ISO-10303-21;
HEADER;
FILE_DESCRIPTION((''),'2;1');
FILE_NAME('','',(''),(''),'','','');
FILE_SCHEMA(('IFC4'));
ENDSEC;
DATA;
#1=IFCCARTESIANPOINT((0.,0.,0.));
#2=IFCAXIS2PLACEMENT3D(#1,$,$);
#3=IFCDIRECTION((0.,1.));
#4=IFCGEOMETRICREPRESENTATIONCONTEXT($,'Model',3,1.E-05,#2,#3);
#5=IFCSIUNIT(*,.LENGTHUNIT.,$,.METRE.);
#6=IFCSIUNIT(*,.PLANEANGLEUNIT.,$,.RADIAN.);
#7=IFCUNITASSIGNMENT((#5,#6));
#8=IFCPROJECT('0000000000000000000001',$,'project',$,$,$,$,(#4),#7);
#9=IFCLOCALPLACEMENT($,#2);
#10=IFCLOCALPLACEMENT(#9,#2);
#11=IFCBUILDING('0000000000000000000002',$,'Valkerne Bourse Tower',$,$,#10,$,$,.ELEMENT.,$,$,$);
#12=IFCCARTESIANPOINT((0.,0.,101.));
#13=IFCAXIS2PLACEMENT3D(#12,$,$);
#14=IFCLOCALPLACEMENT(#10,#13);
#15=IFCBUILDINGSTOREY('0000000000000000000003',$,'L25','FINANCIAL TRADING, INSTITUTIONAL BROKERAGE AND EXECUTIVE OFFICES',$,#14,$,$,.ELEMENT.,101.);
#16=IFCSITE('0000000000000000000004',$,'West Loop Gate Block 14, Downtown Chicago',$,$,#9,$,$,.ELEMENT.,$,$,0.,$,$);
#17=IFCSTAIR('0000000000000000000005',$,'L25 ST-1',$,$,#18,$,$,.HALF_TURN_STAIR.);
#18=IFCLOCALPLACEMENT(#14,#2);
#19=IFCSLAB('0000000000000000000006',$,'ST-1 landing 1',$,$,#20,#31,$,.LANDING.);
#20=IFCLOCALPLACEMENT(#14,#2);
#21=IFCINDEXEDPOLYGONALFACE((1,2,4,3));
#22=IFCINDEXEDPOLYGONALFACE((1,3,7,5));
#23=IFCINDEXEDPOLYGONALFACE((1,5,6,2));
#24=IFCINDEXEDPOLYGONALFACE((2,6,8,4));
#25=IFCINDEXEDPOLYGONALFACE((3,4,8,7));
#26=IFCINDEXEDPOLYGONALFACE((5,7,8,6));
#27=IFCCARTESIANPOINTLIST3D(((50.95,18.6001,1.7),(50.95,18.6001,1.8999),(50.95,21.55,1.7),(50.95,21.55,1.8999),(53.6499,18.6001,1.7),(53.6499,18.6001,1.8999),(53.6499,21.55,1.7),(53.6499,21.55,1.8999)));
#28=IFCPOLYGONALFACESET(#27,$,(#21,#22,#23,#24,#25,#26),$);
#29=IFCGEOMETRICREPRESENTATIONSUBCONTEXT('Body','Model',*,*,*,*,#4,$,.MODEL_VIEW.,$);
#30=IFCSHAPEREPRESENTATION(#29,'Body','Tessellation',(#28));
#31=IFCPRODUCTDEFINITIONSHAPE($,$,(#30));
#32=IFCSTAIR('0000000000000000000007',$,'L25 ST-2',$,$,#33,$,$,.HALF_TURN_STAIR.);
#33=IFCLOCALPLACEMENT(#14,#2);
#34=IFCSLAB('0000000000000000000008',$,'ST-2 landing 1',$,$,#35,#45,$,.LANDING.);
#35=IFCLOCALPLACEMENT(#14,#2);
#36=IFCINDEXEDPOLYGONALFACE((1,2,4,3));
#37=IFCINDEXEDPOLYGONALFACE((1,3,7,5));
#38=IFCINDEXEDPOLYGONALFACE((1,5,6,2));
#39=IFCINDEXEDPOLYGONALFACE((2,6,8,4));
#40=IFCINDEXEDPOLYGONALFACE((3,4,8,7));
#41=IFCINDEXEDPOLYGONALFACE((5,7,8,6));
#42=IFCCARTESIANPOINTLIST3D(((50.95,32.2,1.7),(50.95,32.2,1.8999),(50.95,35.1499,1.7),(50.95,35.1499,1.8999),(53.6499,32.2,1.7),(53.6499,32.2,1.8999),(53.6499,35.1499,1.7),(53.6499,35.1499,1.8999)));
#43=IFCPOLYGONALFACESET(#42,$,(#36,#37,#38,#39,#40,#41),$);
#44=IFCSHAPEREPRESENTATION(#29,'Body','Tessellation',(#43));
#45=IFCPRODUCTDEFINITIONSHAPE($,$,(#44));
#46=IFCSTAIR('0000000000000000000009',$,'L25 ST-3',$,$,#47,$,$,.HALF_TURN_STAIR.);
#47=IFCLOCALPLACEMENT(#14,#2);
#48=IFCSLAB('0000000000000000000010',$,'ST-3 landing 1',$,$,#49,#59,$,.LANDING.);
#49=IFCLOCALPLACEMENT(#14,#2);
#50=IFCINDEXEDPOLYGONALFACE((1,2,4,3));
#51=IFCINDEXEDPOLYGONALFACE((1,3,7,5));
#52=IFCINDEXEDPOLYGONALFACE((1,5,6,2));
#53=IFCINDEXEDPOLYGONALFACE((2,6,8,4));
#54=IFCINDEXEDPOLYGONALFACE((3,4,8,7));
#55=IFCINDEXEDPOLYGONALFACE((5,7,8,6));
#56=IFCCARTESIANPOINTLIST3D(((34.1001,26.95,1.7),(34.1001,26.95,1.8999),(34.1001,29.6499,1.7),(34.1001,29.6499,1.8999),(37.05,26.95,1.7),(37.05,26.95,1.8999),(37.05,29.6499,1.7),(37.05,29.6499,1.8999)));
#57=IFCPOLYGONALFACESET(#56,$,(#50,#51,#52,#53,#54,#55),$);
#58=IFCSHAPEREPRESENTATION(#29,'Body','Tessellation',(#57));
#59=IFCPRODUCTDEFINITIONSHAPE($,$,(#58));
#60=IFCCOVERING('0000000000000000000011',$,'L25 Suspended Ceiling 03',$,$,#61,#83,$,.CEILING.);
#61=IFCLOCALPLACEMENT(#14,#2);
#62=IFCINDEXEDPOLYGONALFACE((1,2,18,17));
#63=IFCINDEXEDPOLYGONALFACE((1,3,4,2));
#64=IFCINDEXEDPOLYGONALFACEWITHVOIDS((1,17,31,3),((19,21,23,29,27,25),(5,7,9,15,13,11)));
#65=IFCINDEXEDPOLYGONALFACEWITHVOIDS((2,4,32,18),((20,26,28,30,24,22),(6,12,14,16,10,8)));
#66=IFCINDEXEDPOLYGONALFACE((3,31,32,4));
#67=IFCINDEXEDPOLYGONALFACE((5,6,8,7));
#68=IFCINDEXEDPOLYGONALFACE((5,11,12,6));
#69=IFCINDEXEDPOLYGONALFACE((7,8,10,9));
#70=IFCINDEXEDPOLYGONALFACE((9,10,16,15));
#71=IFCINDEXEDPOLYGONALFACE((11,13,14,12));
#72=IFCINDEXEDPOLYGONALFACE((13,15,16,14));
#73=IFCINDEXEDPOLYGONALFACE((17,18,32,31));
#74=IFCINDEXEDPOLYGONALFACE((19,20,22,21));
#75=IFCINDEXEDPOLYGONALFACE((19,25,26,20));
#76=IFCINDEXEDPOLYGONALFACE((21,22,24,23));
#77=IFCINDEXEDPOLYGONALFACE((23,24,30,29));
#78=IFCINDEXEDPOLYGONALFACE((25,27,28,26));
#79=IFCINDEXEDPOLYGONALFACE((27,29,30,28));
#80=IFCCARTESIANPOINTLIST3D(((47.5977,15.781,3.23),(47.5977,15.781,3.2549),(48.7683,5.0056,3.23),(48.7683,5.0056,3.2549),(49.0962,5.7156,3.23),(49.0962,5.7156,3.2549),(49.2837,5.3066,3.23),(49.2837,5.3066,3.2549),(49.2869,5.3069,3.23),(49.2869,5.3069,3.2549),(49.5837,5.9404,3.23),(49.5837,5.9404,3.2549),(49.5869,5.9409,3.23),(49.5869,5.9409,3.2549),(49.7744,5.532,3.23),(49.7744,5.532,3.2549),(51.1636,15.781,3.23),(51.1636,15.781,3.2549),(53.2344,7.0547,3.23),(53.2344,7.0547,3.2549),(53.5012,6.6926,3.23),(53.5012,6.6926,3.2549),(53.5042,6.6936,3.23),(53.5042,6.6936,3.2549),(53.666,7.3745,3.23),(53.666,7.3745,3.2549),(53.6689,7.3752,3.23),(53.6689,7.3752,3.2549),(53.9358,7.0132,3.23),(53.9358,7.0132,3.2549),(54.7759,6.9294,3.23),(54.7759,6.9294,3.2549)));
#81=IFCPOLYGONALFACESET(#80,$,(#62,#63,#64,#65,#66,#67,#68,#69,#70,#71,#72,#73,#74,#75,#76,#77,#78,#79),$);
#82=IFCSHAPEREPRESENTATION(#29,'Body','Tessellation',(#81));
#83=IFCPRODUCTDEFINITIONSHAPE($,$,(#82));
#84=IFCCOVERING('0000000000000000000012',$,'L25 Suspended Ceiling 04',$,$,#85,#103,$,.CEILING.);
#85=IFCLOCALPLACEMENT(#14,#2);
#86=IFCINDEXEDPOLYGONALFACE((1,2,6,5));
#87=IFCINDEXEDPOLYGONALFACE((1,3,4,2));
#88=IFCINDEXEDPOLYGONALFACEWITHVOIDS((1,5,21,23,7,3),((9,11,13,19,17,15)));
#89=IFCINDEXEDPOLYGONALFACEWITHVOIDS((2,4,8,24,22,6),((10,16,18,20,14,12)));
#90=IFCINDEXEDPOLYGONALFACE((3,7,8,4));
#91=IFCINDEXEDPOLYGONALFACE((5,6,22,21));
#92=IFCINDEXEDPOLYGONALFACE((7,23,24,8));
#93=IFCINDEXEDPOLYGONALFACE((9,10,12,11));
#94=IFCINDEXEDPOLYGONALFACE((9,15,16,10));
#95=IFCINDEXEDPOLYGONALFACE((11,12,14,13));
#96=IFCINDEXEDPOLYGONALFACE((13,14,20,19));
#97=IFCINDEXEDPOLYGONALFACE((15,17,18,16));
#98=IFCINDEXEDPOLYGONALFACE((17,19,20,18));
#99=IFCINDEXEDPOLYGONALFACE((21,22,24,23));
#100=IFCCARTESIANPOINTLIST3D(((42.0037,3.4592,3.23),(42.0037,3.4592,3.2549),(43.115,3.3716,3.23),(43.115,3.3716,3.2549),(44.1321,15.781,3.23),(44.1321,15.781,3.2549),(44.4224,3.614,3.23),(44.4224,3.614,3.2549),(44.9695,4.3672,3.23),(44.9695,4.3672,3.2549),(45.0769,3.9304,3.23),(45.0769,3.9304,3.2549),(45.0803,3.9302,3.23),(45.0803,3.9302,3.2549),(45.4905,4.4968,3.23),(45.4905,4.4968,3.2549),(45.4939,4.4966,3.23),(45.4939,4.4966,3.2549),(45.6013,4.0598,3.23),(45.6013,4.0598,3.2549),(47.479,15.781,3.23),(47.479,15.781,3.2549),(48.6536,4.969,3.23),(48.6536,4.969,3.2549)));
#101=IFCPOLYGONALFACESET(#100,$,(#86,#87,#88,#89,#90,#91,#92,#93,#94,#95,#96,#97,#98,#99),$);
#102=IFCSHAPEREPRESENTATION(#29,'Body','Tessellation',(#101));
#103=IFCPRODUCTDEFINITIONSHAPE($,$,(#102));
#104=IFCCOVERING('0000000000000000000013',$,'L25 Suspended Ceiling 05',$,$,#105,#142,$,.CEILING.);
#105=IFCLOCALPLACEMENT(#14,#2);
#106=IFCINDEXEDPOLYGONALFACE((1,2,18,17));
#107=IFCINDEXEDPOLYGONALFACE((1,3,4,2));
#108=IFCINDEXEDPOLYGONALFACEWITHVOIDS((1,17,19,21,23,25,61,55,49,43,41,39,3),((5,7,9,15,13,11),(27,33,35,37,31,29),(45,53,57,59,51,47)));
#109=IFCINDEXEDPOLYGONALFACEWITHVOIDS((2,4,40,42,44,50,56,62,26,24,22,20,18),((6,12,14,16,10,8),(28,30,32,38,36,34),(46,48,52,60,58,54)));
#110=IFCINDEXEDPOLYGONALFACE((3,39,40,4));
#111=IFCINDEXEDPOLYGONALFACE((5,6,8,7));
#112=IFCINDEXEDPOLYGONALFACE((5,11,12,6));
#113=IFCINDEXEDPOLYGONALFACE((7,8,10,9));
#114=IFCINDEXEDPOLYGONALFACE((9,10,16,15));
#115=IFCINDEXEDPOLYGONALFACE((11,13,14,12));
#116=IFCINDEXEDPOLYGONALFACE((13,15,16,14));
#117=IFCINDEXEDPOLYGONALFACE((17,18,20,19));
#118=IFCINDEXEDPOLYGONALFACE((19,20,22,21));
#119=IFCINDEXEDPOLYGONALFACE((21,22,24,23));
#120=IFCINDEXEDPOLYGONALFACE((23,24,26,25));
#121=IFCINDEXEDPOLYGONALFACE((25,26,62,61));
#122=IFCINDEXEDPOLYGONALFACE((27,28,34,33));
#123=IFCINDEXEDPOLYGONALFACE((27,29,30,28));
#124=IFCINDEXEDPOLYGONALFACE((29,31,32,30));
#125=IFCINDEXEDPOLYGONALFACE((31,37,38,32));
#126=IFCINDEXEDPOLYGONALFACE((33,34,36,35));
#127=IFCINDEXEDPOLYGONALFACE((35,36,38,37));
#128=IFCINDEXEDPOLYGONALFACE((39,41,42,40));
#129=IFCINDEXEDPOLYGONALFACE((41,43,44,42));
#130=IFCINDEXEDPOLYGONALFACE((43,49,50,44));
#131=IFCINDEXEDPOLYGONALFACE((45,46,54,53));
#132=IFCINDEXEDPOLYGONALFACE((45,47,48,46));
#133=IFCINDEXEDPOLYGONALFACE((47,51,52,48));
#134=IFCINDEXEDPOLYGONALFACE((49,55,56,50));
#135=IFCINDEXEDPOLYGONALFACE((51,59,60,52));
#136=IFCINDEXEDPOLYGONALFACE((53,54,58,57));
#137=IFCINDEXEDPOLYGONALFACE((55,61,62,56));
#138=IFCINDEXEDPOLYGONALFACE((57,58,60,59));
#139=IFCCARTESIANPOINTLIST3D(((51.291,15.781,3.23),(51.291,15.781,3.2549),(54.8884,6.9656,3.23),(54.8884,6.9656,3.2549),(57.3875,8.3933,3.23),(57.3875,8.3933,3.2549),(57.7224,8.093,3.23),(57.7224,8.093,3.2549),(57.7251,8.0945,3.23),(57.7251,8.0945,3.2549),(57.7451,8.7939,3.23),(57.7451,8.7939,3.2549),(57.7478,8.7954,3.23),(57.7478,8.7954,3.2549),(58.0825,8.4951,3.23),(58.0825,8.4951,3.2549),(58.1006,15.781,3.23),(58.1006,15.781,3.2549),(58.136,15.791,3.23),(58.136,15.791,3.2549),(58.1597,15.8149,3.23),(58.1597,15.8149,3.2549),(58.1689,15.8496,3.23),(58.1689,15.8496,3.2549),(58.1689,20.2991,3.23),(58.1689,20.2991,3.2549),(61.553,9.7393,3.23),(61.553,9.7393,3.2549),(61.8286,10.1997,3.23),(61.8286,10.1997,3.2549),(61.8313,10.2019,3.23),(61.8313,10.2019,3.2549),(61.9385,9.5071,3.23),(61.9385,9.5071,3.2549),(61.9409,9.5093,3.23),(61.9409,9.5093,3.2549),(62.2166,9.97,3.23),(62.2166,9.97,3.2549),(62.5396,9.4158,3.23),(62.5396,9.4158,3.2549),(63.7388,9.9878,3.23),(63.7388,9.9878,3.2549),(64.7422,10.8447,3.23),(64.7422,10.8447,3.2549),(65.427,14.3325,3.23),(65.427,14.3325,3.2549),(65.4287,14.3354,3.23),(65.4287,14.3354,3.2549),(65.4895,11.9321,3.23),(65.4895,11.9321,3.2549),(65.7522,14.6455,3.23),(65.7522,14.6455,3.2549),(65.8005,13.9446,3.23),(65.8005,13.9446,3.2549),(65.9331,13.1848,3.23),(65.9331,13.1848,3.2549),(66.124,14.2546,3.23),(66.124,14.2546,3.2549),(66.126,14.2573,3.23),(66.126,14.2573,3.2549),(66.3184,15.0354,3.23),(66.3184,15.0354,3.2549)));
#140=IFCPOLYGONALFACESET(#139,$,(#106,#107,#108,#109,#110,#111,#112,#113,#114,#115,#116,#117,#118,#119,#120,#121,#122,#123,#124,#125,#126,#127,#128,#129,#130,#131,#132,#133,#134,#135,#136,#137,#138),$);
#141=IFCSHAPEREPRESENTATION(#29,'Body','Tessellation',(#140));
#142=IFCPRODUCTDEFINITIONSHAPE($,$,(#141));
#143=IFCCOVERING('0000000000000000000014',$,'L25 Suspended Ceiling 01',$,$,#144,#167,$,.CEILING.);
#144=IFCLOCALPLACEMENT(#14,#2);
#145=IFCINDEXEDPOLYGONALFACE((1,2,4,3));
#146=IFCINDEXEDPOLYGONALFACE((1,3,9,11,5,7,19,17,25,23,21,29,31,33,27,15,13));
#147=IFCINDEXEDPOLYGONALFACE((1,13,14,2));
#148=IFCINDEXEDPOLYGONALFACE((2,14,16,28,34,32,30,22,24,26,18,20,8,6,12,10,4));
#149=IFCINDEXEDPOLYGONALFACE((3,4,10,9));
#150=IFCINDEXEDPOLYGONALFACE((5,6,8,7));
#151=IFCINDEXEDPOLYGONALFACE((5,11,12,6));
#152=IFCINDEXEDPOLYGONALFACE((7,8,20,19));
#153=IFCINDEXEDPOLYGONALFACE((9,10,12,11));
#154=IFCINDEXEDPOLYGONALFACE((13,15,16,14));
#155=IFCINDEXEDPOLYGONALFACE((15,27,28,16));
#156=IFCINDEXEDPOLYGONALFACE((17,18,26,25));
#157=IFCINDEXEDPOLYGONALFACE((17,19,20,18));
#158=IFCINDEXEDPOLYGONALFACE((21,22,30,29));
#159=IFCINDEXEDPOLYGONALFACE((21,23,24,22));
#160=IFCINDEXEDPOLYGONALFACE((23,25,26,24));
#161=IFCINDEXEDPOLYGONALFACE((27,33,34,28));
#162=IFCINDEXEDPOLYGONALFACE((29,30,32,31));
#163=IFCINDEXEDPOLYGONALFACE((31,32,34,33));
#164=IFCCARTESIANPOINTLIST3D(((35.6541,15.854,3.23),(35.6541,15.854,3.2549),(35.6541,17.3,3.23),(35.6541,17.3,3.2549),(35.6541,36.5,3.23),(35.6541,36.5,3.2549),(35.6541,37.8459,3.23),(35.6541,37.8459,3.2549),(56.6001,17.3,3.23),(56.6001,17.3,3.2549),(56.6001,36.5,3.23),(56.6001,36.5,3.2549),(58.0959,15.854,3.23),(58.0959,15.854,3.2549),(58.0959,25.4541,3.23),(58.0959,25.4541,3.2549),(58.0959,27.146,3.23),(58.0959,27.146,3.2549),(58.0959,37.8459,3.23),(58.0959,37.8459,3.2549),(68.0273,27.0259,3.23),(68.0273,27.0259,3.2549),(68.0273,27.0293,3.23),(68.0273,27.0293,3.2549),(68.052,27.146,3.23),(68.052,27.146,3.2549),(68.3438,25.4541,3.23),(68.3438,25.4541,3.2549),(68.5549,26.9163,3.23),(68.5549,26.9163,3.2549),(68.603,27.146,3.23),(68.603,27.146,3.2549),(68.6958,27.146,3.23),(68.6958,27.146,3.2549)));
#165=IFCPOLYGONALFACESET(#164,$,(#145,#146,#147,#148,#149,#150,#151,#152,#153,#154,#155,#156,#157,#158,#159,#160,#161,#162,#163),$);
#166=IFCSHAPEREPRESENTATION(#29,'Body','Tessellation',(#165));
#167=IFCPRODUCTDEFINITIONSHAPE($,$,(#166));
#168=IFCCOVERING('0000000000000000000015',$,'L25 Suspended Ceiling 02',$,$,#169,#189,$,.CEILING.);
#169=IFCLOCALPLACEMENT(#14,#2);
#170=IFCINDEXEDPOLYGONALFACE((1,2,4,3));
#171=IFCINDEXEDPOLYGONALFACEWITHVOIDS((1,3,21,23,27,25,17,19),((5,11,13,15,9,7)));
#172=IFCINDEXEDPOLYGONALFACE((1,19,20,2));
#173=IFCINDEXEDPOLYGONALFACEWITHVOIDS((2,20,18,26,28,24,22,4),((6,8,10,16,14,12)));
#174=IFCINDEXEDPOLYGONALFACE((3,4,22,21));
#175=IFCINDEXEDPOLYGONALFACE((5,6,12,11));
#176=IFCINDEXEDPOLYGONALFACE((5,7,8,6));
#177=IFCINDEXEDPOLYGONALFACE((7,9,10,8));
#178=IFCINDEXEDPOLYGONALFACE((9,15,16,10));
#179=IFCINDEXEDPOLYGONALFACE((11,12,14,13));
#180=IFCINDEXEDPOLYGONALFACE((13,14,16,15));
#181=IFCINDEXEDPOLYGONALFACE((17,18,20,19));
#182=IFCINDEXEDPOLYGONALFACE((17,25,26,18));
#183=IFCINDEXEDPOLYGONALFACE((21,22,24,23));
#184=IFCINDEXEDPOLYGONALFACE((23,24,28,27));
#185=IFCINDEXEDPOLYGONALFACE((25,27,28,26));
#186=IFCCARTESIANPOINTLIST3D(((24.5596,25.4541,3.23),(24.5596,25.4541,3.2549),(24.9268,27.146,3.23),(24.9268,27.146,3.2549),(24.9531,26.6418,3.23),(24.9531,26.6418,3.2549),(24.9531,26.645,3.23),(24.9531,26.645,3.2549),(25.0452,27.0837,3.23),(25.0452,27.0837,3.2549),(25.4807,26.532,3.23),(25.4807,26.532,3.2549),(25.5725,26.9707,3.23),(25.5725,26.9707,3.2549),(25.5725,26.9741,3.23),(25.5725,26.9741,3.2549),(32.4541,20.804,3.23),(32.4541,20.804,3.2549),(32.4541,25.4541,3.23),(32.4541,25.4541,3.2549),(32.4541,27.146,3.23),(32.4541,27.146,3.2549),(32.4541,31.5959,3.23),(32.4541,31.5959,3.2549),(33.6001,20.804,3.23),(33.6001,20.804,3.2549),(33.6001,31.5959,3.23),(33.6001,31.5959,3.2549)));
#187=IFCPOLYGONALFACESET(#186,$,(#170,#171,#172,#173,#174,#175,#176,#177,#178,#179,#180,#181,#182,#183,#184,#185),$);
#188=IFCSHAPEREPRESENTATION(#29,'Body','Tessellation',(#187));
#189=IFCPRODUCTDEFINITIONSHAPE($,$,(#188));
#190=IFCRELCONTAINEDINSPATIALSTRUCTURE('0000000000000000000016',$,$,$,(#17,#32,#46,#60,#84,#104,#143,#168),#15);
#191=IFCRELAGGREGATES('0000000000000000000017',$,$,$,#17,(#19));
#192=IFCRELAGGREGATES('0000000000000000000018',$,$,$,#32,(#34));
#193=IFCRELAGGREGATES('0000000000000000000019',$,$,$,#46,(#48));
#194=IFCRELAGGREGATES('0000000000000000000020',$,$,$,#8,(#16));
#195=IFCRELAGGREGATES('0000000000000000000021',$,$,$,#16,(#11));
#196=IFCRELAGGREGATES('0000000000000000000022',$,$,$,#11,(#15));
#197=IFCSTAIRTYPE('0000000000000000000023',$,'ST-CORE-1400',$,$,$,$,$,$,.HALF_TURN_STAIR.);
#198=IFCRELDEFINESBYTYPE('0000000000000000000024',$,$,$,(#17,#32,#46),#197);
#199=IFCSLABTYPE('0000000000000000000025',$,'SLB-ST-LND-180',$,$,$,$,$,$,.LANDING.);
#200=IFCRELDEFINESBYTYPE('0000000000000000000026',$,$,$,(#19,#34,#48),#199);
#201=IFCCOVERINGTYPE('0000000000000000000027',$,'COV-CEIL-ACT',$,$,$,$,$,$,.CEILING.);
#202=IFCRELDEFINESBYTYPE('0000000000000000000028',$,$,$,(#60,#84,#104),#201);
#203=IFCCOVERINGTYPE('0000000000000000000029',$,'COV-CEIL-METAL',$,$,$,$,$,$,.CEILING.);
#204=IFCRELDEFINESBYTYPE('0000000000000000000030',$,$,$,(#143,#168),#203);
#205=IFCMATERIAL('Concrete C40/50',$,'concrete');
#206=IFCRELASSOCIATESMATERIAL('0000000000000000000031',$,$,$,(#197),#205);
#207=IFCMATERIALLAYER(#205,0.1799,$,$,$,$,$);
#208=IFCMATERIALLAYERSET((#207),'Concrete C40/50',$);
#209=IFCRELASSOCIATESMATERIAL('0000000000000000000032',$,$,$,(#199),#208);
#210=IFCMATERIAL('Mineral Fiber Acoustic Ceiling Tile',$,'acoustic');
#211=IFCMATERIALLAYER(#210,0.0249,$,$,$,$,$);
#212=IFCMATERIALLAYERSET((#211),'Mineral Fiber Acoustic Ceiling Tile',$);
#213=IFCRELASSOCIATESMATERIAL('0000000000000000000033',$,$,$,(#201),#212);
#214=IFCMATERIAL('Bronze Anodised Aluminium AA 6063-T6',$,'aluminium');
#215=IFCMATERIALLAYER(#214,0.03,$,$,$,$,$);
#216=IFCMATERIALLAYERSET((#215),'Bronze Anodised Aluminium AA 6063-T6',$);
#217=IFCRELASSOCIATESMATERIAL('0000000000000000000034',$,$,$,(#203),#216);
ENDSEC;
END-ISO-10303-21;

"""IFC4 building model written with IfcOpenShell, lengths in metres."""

from ifc_helpers import new_model, si_unit, direction, frame, origin, place, context, subcontext, project, spatial, polyline, outline, extrude, material, layer, layer_set, type_object, element, aggregate, save


model = new_model("IFC4")

# Units and contexts
model_context = context("Model", 3, precision=1e-05, world=origin(), true_north=direction((0.0, 1.0)))
body_context = subcontext(model_context, "Body", "Model", "MODEL_VIEW")
ifc_project = project(units=[si_unit("LENGTHUNIT", "METRE"), si_unit("PLANEANGLEUNIT", "RADIAN")], contexts=[model_context])

# Site, building, storey
site_placement = place(None, origin())
site = spatial("IfcSite", under=ifc_project, at=site_placement, Name="West Loop Gate Block 14, Downtown Chicago", CompositionType="ELEMENT", RefElevation=0.0)
building_placement = place(site_placement, origin())
building = spatial("IfcBuilding", under=site, at=building_placement, Name="Valkerne Bourse Tower", CompositionType="ELEMENT")
storey_placement = place(building_placement, frame((0.0, 0.0, 101.0)))
storey = spatial("IfcBuildingStorey", under=building, at=storey_placement, Name="L25", Description="FINANCIAL TRADING, INSTITUTIONAL BROKERAGE AND EXECUTIVE OFFICES", CompositionType="ELEMENT", Elevation=101.0)

# Stairs, slabs
ifc_material_1 = material(Name="Concrete C40/50", Category="concrete")
stair_type = type_object("IfcStairType", Name="ST-CORE-1400", PredefinedType="HALF_TURN_STAIR", material=ifc_material_1)
stair_1_placement = place(storey_placement, origin())
stair_1 = element("IfcStair", 1, at=stair_1_placement, inside=storey, type_object=stair_type, Name="L25 ST-1", PredefinedType="HALF_TURN_STAIR")
ifc_layer_1 = layer(ifc_material_1, 0.1799)
ifc_layer_set_1 = layer_set([ifc_layer_1], Name="Concrete C40/50")
slab_type = type_object("IfcSlabType", Name="SLB-ST-LND-180", PredefinedType="LANDING", material=ifc_layer_set_1)
slab_1_placement = place(storey_placement, frame((0.0, 0.0, 1.7)))
slab_1 = element("IfcSlab", 2, at=slab_1_placement, type_object=slab_type, Name="ST-1 landing 1", PredefinedType="LANDING", context=body_context, shape_type="SweptSolid", body=[
    extrude(outline(polyline([(50.95, 18.6001), (53.6499, 18.6001), (53.6499, 21.55), (50.95, 21.55), (50.95, 18.6001)])), origin(), (0.0, 0.0, 1.0), 0.2),
])
aggregate(stair_1, [slab_1])
stair_2_placement = place(storey_placement, origin())
stair_2 = element("IfcStair", 3, at=stair_2_placement, inside=storey, type_object=stair_type, Name="L25 ST-2", PredefinedType="HALF_TURN_STAIR")
slab_2_placement = place(storey_placement, frame((0.0, 0.0, 1.7)))
slab_2 = element("IfcSlab", 4, at=slab_2_placement, type_object=slab_type, Name="ST-2 landing 1", PredefinedType="LANDING", context=body_context, shape_type="SweptSolid", body=[
    extrude(outline(polyline([(50.95, 32.2), (53.6499, 32.2), (53.6499, 35.1499), (50.95, 35.1499), (50.95, 32.2)])), origin(), (0.0, 0.0, 1.0), 0.2),
])
aggregate(stair_2, [slab_2])
stair_3_placement = place(storey_placement, origin())
stair_3 = element("IfcStair", 5, at=stair_3_placement, inside=storey, type_object=stair_type, Name="L25 ST-3", PredefinedType="HALF_TURN_STAIR")
slab_3_placement = place(storey_placement, frame((0.0, 0.0, 1.7)))
slab_3 = element("IfcSlab", 6, at=slab_3_placement, type_object=slab_type, Name="ST-3 landing 1", PredefinedType="LANDING", context=body_context, shape_type="SweptSolid", body=[
    extrude(outline(polyline([(37.05, 26.95), (37.05, 29.6499), (34.1001, 29.6499), (34.1001, 26.95), (37.05, 26.95)])), origin(), (0.0, 0.0, 1.0), 0.2),
])
aggregate(stair_3, [slab_3])

# Coverings
ifc_material_2 = material(Name="Mineral Fiber Acoustic Ceiling Tile", Category="acoustic")
ifc_layer_2 = layer(ifc_material_2, 0.0249)
ifc_layer_set_2 = layer_set([ifc_layer_2], Name="Mineral Fiber Acoustic Ceiling Tile")
covering_type_1 = type_object("IfcCoveringType", Name="COV-CEIL-ACT", PredefinedType="CEILING", material=ifc_layer_set_2)
covering_1_placement = place(storey_placement, frame((0.0, 0.0, 3.23)))
element("IfcCovering", 7, at=covering_1_placement, inside=storey, type_object=covering_type_1, Name="L25 Suspended Ceiling 03", PredefinedType="CEILING", context=body_context, shape_type="SweptSolid", body=[
    extrude(outline(polyline([(51.1636, 15.781), (54.7759, 6.9294), (48.7683, 5.0056), (47.5977, 15.781), (51.1636, 15.781)]), holes=[polyline([(49.7744, 5.532), (49.5869, 5.9409), (49.5837, 5.9404), (49.0962, 5.7156), (49.2837, 5.3066), (49.2869, 5.3069), (49.7744, 5.532)]), polyline([(53.9358, 7.0132), (53.6689, 7.3752), (53.666, 7.3745), (53.2344, 7.0547), (53.5012, 6.6926), (53.5042, 6.6936), (53.9358, 7.0132)])]), origin(), (0.0, 0.0, 1.0), 0.0249),
])
covering_2_placement = place(storey_placement, frame((0.0, 0.0, 3.23)))
element("IfcCovering", 8, at=covering_2_placement, inside=storey, type_object=covering_type_1, Name="L25 Suspended Ceiling 04", PredefinedType="CEILING", context=body_context, shape_type="SweptSolid", body=[
    extrude(outline(polyline([(42.0037, 3.4592), (44.1321, 15.781), (47.479, 15.781), (48.6536, 4.969), (44.4224, 3.614), (43.115, 3.3716), (42.0037, 3.4592)]), holes=[polyline([(45.6013, 4.0598), (45.4939, 4.4966), (45.4905, 4.4968), (44.9695, 4.3672), (45.0769, 3.9304), (45.0803, 3.9302), (45.6013, 4.0598)])]), origin(), (0.0, 0.0, 1.0), 0.0249),
])
covering_3_placement = place(storey_placement, frame((0.0, 0.0, 3.23)))
element("IfcCovering", 9, at=covering_3_placement, inside=storey, type_object=covering_type_1, Name="L25 Suspended Ceiling 05", PredefinedType="CEILING", context=body_context, shape_type="SweptSolid", body=[
    extrude(outline(polyline([(63.7388, 9.9878), (62.5396, 9.4158), (54.8884, 6.9656), (51.291, 15.781), (58.1006, 15.781), (58.136, 15.791), (58.1597, 15.8149), (58.1689, 15.8496), (58.1689, 20.2991), (66.3184, 15.0354), (65.9331, 13.1848), (65.4895, 11.9321), (64.7422, 10.8447), (63.7388, 9.9878)]), holes=[polyline([(57.7251, 8.0945), (58.0825, 8.4951), (57.7478, 8.7954), (57.7451, 8.7939), (57.3875, 8.3933), (57.7224, 8.093), (57.7251, 8.0945)]), polyline([(61.9409, 9.5093), (62.2166, 9.97), (61.8313, 10.2019), (61.8286, 10.1997), (61.553, 9.7393), (61.9385, 9.5071), (61.9409, 9.5093)]), polyline([(66.126, 14.2573), (65.7522, 14.6455), (65.4287, 14.3354), (65.427, 14.3325), (65.8005, 13.9446), (66.124, 14.2546), (66.126, 14.2573)])]), origin(), (0.0, 0.0, 1.0), 0.0249),
])
ifc_material_3 = material(Name="Bronze Anodised Aluminium AA 6063-T6", Category="aluminium")
ifc_layer_3 = layer(ifc_material_3, 0.03)
ifc_layer_set_3 = layer_set([ifc_layer_3], Name="Bronze Anodised Aluminium AA 6063-T6")
covering_type_2 = type_object("IfcCoveringType", Name="COV-CEIL-METAL", PredefinedType="CEILING", material=ifc_layer_set_3)
covering_4_placement = place(storey_placement, frame((0.0, 0.0, 3.23)))
element("IfcCovering", 10, at=covering_4_placement, inside=storey, type_object=covering_type_2, Name="L25 Suspended Ceiling 01", PredefinedType="CEILING", context=body_context, shape_type="SweptSolid", body=[
    extrude(outline(polyline([(68.052, 27.146), (68.0273, 27.0293), (68.0273, 27.0259), (68.5549, 26.9163), (68.603, 27.146), (68.6958, 27.146), (68.3438, 25.4541), (58.0959, 25.4541), (58.0959, 15.854), (35.6541, 15.854), (35.6541, 17.3), (56.6001, 17.3), (56.6001, 36.5), (35.6541, 36.5), (35.6541, 37.8459), (58.0959, 37.8459), (58.0959, 27.146), (68.052, 27.146)])), origin(), (0.0, 0.0, 1.0), 0.0249),
])
covering_5_placement = place(storey_placement, frame((0.0, 0.0, 3.23)))
element("IfcCovering", 11, at=covering_5_placement, inside=storey, type_object=covering_type_2, Name="L25 Suspended Ceiling 02", PredefinedType="CEILING", context=body_context, shape_type="SweptSolid", body=[
    extrude(outline(polyline([(32.4541, 20.804), (32.4541, 25.4541), (24.5596, 25.4541), (24.9268, 27.146), (32.4541, 27.146), (32.4541, 31.5959), (33.6001, 31.5959), (33.6001, 20.804), (32.4541, 20.804)]), holes=[polyline([(25.5725, 26.9741), (25.0452, 27.0837), (24.9531, 26.645), (24.9531, 26.6418), (25.4807, 26.532), (25.5725, 26.9707), (25.5725, 26.9741)])]), origin(), (0.0, 0.0, 1.0), 0.0249),
])

save(model, "model.ifc")
